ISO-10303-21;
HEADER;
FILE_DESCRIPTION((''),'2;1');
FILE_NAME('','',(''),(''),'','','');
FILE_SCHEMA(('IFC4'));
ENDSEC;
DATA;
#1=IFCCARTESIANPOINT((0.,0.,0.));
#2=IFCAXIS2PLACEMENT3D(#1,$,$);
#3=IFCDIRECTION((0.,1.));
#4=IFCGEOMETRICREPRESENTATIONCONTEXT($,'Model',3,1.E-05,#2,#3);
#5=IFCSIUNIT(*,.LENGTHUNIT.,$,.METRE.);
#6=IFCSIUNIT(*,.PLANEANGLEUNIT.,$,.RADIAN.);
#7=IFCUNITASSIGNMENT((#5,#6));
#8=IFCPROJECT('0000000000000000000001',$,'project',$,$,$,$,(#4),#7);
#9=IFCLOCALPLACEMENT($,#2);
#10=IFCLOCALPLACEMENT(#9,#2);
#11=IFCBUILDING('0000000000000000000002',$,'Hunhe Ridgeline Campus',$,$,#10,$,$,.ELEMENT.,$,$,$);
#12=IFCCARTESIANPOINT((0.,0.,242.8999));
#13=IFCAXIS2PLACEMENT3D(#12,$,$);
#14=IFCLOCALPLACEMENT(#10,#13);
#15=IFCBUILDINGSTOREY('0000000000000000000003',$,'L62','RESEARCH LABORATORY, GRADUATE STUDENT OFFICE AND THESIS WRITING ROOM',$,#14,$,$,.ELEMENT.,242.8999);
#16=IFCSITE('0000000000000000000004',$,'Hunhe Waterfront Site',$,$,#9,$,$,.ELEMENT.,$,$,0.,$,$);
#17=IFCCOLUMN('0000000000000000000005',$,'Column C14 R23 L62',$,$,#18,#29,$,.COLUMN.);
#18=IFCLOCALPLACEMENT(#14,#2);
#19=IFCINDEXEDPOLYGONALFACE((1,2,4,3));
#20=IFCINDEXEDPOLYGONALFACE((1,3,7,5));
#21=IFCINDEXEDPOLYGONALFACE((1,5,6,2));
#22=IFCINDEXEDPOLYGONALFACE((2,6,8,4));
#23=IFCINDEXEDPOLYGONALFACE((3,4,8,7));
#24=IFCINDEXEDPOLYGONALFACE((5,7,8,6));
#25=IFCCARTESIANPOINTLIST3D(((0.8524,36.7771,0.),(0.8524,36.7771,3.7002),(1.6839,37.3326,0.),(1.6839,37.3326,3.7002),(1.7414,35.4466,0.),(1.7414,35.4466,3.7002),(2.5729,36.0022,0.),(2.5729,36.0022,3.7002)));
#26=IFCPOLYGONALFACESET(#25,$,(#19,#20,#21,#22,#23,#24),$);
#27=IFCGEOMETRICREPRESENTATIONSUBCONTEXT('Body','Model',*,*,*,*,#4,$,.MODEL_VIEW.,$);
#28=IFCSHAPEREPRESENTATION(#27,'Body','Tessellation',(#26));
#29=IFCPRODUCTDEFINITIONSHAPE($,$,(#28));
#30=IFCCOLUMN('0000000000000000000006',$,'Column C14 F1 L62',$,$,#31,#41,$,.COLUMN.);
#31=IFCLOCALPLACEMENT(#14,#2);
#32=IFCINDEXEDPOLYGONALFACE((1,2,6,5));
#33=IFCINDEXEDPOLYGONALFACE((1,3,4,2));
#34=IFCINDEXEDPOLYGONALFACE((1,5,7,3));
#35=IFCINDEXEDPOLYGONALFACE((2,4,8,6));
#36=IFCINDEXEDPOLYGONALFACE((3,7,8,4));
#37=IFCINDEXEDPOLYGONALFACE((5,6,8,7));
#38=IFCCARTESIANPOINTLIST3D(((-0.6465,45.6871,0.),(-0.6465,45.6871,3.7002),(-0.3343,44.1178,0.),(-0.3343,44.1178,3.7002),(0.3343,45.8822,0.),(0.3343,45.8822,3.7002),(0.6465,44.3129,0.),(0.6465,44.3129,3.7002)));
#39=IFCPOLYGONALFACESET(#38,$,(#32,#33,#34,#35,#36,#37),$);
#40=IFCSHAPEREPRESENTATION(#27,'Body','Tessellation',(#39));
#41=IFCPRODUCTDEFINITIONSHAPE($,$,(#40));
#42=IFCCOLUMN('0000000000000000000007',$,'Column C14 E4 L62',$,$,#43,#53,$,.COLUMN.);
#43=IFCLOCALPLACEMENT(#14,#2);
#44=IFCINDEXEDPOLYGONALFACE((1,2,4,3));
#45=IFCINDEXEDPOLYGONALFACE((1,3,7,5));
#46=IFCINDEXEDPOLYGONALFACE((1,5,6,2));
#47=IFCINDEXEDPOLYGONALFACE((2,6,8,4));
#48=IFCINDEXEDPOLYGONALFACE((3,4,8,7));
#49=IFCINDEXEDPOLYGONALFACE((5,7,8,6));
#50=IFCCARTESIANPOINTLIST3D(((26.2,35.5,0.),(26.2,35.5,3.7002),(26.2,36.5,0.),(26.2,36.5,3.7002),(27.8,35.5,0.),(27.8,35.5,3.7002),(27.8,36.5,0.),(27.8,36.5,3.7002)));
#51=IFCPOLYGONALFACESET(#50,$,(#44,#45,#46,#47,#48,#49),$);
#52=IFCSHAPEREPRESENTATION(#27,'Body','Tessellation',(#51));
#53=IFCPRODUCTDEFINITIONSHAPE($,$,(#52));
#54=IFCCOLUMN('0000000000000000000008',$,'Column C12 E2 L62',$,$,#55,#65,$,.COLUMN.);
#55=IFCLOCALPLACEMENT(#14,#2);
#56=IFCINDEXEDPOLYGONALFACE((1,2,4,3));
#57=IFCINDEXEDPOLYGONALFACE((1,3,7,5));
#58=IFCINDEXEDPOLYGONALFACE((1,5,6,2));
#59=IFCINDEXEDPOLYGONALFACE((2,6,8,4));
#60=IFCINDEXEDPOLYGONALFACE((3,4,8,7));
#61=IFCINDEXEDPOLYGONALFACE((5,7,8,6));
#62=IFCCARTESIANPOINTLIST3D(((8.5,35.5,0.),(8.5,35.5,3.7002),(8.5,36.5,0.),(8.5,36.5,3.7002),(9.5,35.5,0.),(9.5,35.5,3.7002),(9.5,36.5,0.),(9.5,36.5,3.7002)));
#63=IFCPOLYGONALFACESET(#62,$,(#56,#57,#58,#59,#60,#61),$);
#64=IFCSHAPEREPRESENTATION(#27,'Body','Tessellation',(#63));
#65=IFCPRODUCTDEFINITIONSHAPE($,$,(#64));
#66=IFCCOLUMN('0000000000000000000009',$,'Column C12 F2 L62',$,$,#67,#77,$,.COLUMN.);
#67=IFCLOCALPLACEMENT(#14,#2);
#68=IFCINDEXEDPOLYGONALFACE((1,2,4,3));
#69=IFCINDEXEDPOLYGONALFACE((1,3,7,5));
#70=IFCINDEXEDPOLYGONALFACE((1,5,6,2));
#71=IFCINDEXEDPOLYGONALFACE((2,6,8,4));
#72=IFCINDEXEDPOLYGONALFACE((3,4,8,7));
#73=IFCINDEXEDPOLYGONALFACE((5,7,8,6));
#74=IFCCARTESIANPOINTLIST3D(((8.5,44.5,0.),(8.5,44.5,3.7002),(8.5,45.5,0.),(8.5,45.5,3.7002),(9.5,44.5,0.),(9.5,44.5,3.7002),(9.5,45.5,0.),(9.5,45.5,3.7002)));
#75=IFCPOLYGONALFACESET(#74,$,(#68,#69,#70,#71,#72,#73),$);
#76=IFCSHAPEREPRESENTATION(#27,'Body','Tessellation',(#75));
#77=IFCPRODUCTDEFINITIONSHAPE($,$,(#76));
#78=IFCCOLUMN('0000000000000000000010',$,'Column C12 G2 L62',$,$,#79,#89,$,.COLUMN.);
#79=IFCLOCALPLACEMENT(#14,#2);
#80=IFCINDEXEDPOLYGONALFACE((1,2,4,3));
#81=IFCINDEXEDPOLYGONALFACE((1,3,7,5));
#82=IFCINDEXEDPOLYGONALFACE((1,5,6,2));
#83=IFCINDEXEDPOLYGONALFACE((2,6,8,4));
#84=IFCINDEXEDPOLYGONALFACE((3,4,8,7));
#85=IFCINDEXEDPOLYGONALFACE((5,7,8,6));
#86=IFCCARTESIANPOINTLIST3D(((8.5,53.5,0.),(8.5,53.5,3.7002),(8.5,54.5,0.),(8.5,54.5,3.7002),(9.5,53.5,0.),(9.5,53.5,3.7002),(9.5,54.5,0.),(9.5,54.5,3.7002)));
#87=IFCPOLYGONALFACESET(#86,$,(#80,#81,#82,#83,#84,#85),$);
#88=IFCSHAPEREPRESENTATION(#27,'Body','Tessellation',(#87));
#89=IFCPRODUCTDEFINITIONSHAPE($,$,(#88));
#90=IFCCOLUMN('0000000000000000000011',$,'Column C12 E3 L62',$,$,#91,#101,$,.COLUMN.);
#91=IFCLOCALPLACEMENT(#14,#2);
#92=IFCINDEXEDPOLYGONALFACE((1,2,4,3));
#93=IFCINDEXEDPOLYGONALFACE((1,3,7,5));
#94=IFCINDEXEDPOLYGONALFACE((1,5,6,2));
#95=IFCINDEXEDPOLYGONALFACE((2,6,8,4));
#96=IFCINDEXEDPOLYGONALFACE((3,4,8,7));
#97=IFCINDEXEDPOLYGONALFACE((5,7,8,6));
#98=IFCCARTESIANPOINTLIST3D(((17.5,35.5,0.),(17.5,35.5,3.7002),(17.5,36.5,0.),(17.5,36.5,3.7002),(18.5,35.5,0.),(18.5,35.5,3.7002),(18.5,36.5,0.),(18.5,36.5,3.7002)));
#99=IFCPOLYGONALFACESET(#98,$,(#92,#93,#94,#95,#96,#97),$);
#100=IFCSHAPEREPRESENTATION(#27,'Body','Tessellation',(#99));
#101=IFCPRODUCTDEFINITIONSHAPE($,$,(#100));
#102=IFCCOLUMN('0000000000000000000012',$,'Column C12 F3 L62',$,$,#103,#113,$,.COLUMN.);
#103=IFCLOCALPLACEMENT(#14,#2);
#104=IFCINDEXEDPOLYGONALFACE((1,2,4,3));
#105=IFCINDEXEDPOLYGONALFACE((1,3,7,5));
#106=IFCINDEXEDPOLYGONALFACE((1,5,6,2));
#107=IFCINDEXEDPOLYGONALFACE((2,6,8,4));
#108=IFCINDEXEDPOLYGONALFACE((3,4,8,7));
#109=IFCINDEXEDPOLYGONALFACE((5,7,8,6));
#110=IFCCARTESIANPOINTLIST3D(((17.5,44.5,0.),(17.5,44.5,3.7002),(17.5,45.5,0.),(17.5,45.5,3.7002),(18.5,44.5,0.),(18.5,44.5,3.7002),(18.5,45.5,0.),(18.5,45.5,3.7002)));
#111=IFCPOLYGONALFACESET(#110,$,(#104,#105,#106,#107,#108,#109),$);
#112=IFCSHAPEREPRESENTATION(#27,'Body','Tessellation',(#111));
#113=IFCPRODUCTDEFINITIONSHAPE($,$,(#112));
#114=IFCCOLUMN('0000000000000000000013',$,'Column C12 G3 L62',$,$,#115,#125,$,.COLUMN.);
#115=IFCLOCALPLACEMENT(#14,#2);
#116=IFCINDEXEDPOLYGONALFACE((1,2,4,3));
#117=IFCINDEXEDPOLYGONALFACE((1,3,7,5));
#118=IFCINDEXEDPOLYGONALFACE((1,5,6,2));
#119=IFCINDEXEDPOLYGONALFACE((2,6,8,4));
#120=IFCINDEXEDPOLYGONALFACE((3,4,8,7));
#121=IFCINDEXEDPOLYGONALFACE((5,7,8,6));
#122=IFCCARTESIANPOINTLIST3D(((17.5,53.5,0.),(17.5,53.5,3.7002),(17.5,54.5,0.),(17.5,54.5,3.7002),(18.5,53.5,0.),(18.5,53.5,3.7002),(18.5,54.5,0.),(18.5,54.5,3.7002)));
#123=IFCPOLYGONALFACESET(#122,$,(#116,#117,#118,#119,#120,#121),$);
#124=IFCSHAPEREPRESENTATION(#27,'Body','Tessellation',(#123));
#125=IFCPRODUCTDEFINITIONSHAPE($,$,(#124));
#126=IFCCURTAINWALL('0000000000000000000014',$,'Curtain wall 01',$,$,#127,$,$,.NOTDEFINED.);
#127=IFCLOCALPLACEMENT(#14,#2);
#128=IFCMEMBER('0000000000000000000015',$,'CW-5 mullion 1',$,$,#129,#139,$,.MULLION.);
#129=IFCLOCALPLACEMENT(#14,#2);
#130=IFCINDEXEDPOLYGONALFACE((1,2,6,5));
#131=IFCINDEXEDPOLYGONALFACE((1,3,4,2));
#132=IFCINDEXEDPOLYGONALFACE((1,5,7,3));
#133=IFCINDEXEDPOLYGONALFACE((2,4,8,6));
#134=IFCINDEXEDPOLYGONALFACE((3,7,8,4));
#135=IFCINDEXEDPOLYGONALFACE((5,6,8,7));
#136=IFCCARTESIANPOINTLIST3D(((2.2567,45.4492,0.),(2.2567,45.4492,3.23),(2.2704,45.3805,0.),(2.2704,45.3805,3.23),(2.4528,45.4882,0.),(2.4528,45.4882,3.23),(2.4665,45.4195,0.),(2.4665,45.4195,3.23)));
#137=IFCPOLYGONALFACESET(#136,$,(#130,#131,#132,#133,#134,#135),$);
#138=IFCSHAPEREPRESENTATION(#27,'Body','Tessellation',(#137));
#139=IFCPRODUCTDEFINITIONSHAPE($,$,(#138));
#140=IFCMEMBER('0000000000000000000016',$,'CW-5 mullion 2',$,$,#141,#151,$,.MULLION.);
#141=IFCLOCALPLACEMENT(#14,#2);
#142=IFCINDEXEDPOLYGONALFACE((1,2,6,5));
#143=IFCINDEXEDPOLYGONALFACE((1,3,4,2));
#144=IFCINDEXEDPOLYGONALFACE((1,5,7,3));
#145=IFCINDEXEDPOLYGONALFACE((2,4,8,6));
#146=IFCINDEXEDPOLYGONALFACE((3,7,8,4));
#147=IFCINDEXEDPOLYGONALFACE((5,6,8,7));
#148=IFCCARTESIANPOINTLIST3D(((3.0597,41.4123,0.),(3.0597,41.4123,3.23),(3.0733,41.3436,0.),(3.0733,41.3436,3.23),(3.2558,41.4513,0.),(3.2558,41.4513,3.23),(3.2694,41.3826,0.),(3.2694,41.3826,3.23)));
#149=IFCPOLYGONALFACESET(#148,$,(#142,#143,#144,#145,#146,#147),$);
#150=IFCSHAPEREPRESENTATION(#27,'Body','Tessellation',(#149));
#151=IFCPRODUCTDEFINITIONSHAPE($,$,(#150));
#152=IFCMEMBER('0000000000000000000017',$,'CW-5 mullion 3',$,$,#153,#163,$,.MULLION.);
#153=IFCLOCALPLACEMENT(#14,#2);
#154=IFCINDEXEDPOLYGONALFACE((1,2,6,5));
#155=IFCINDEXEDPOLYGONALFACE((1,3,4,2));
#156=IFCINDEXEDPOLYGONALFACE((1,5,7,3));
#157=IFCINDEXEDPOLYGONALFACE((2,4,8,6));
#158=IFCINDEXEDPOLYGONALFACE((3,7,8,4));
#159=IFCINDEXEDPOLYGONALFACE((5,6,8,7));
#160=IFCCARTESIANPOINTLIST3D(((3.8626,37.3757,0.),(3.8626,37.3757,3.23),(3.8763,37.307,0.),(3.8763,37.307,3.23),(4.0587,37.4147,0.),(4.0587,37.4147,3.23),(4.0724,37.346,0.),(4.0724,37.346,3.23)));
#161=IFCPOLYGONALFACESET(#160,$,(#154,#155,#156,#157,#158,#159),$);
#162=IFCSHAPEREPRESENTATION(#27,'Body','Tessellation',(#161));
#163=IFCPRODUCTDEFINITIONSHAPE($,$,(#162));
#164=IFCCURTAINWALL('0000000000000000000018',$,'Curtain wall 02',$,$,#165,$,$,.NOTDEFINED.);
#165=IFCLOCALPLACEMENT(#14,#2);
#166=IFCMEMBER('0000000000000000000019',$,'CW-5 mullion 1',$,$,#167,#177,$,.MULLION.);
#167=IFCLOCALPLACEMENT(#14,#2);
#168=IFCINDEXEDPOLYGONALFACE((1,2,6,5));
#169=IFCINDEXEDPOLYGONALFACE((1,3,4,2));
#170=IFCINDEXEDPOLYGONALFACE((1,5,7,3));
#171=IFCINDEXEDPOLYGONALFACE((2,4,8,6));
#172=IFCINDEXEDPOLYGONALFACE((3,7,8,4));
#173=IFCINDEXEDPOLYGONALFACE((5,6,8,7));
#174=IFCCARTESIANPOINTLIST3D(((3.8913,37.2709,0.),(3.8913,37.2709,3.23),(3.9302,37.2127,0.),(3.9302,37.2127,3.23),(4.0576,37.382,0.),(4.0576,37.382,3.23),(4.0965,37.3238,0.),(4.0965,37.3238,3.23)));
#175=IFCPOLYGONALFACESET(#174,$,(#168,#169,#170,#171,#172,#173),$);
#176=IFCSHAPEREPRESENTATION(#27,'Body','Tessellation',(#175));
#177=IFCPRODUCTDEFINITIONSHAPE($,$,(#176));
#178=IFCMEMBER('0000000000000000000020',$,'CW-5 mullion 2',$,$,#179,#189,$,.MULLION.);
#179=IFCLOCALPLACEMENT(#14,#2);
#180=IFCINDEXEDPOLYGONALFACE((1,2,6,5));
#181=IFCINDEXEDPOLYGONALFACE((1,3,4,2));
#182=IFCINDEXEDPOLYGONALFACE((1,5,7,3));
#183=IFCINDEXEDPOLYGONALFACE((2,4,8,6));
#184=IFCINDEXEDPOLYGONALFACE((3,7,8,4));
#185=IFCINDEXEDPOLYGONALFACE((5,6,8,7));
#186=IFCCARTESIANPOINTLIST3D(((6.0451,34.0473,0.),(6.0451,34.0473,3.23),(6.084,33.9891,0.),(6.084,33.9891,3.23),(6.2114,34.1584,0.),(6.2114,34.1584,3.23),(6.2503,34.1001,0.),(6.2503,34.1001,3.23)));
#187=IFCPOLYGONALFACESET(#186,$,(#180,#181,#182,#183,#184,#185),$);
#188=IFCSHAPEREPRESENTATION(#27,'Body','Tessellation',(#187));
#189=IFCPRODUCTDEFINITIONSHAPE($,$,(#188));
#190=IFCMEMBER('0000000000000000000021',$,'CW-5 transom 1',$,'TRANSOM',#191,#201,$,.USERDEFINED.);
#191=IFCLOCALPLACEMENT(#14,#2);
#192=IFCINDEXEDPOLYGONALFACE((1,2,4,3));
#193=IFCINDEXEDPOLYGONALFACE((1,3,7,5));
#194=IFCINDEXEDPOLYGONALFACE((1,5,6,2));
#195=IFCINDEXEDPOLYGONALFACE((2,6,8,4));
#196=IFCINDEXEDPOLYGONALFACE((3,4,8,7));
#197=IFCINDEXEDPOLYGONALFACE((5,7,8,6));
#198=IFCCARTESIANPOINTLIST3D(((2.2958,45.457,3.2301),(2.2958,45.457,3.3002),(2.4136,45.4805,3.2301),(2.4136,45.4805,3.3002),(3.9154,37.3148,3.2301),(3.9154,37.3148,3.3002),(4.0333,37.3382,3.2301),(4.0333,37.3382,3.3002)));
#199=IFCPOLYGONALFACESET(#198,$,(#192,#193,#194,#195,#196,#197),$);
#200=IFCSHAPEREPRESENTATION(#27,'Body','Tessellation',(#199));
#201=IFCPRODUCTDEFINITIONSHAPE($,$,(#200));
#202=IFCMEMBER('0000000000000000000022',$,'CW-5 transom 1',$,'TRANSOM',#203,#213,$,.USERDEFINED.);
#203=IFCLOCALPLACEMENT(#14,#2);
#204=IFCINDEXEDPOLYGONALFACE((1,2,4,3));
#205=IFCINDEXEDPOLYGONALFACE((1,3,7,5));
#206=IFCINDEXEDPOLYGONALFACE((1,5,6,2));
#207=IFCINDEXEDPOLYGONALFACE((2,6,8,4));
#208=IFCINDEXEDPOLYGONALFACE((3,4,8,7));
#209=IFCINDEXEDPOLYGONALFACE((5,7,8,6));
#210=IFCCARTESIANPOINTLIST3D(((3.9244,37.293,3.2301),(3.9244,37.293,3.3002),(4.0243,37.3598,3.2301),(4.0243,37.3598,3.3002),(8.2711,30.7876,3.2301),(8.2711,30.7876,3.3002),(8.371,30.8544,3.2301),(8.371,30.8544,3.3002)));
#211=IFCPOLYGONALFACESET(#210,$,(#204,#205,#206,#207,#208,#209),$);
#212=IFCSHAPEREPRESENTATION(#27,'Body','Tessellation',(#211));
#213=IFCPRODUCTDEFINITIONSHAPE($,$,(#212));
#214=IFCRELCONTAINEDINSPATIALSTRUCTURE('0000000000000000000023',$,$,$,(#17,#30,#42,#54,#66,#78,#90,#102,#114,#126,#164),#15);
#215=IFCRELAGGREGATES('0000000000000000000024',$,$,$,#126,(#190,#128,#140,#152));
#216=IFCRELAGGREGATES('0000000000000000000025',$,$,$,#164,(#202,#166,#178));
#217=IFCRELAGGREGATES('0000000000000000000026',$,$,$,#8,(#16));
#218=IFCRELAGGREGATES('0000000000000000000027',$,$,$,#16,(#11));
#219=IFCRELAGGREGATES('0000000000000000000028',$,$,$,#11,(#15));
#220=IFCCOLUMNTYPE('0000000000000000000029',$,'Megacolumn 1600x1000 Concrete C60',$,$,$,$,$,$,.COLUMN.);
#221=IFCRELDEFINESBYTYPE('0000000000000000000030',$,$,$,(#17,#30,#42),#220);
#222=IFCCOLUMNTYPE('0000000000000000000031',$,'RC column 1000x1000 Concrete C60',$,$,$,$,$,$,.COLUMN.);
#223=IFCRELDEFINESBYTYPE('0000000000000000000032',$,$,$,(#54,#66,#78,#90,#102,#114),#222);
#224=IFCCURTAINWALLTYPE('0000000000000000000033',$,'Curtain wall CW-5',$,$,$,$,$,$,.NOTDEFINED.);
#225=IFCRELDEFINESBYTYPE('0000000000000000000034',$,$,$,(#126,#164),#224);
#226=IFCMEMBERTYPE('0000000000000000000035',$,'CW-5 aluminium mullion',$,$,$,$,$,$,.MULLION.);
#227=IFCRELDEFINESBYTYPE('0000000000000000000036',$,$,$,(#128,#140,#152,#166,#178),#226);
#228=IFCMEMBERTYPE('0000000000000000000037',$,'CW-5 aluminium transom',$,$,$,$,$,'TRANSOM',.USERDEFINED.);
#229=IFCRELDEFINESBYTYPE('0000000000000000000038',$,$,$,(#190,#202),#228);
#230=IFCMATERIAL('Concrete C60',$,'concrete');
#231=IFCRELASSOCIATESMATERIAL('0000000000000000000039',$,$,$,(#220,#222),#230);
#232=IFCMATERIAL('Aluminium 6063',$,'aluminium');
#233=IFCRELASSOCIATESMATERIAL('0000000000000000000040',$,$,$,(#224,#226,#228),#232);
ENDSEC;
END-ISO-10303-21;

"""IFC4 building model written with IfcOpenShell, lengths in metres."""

from ifc_helpers import new_model, si_unit, direction, frame, origin, origin_2d, place, context, subcontext, project, spatial, rectangle, extrude, material, material_profile, profile_set, type_object, element, aggregate, save


model = new_model("IFC4")

# Units and contexts
model_context = context("Model", 3, precision=1e-05, world=origin(), true_north=direction((0.0, 1.0)))
body_context = subcontext(model_context, "Body", "Model", "MODEL_VIEW")
ifc_project = project(units=[si_unit("LENGTHUNIT", "METRE"), si_unit("PLANEANGLEUNIT", "RADIAN")], contexts=[model_context])

# Site, building, storey
site_placement = place(None, origin())
site = spatial("IfcSite", under=ifc_project, at=site_placement, Name="Hunhe Waterfront Site", CompositionType="ELEMENT", RefElevation=0.0)
building_placement = place(site_placement, origin())
building = spatial("IfcBuilding", under=site, at=building_placement, Name="Hunhe Ridgeline Campus", CompositionType="ELEMENT")
storey_placement = place(building_placement, frame((0.0, 0.0, 242.8999)))
storey = spatial("IfcBuildingStorey", under=building, at=storey_placement, Name="L62", Description="RESEARCH LABORATORY, GRADUATE STUDENT OFFICE AND THESIS WRITING ROOM", CompositionType="ELEMENT", Elevation=242.8999)

# Columns
ifc_material_1 = material(Name="Concrete C60", Category="concrete")
ifc_material_profile_1 = material_profile(ifc_material_1, rectangle(XDim=1.6001, YDim=1.0, at=origin_2d()))
ifc_profile_set_1 = profile_set([ifc_material_profile_1], Name="Concrete C60")
column_type_1 = type_object("IfcColumnType", Name="Megacolumn 1600x1000 Concrete C60", PredefinedType="COLUMN", material=ifc_profile_set_1)
for number, where, z_axis, x_axis, name in (
    (1, (1.7126, 36.3896, 0.0), (0.0, 0.0, 1.0), (-0.55557, 0.83147, 0.0), "Column C14 R23 L62"),
    (2, (0.0, 45.0, 0.0), (0.0, 0.0, 1.0), (-0.19509, 0.980785, 0.0), "Column C14 F1 L62"),
    (3, (27.0, 36.0, 0.0), (0.0, 0.0, 1.0), (1.0, 0.0, 0.0), "Column C14 E4 L62"),
):
    element("IfcColumn", number, at=place(storey_placement, frame(where, z_axis=z_axis, x_axis=x_axis)), inside=storey, type_object=column_type_1, Name=name, PredefinedType="COLUMN", context=body_context, shape_type="SweptSolid", body=[
        extrude(rectangle(XDim=1.6001, YDim=1.0, at=origin_2d()), origin(), (0.0, 0.0, 1.0), 3.7002),
    ])
ifc_material_profile_2 = material_profile(ifc_material_1, rectangle(XDim=1.0, YDim=1.0, at=origin_2d()))
ifc_profile_set_2 = profile_set([ifc_material_profile_2], Name="Concrete C60")
column_type_2 = type_object("IfcColumnType", Name="RC column 1000x1000 Concrete C60", PredefinedType="COLUMN", material=ifc_profile_set_2)
for number, where, z_axis, x_axis, name in (
    (4, (9.0, 36.0, 0.0), (0.0, 0.0, 1.0), (1.0, 0.0, 0.0), "Column C12 E2 L62"),
    (5, (9.0, 45.0, 0.0), (0.0, 0.0, 1.0), (1.0, 0.0, 0.0), "Column C12 F2 L62"),
    (6, (9.0, 54.0, 0.0), (0.0, 0.0, 1.0), (1.0, 0.0, 0.0), "Column C12 G2 L62"),
    (7, (18.0, 36.0, 0.0), (0.0, 0.0, 1.0), (1.0, 0.0, 0.0), "Column C12 E3 L62"),
    (8, (18.0, 45.0, 0.0), (0.0, 0.0, 1.0), (1.0, 0.0, 0.0), "Column C12 F3 L62"),
    (9, (18.0, 54.0, 0.0), (0.0, 0.0, 1.0), (1.0, 0.0, 0.0), "Column C12 G3 L62"),
):
    element("IfcColumn", number, at=place(storey_placement, frame(where, z_axis=z_axis, x_axis=x_axis)), inside=storey, type_object=column_type_2, Name=name, PredefinedType="COLUMN", context=body_context, shape_type="SweptSolid", body=[
        extrude(rectangle(XDim=1.0, YDim=1.0, at=origin_2d()), origin(), (0.0, 0.0, 1.0), 3.7002),
    ])

# Curtain walls, members
ifc_material_2 = material(Name="Aluminium 6063", Category="aluminium")
curtain_wall_type = type_object("IfcCurtainWallType", Name="Curtain wall CW-5", PredefinedType="NOTDEFINED", material=ifc_material_2)
curtain_wall_1_placement = place(storey_placement, origin())
curtain_wall_1 = element("IfcCurtainWall", 10, at=curtain_wall_1_placement, inside=storey, type_object=curtain_wall_type, Name="Curtain wall 01", PredefinedType="NOTDEFINED")
ifc_material_profile_3 = material_profile(ifc_material_2, rectangle(XDim=0.2, YDim=0.0701, at=origin_2d()))
ifc_profile_set_3 = profile_set([ifc_material_profile_3], Name="Aluminium 6063")
member_type_1 = type_object("IfcMemberType", Name="CW-5 aluminium mullion", PredefinedType="MULLION", material=ifc_profile_set_3)
member_1_placement = place(storey_placement, frame((2.3616, 45.4343, 0.0), z_axis=(0.0, 0.0, 1.0), x_axis=(0.980784, 0.195095, 0.0)))
member_1 = element("IfcMember", 11, at=member_1_placement, type_object=member_type_1, Name="CW-5 mullion 1", PredefinedType="MULLION", context=body_context, shape_type="SweptSolid", body=[
    extrude(rectangle(XDim=0.2, YDim=0.0701, at=origin_2d()), origin(), (0.0, 0.0, 1.0), 3.23),
])
member_2_placement = place(storey_placement, frame((3.1646, 41.3975, 0.0), z_axis=(0.0, 0.0, 1.0), x_axis=(0.980784, 0.195095, 0.0)))
member_2 = element("IfcMember", 12, at=member_2_placement, type_object=member_type_1, Name="CW-5 mullion 2", PredefinedType="MULLION", context=body_context, shape_type="SweptSolid", body=[
    extrude(rectangle(XDim=0.2, YDim=0.0701, at=origin_2d()), origin(), (0.0, 0.0, 1.0), 3.23),
])
member_3_placement = place(storey_placement, frame((3.9675, 37.3608, 0.0), z_axis=(0.0, 0.0, 1.0), x_axis=(0.980784, 0.195095, 0.0)))
member_3 = element("IfcMember", 13, at=member_3_placement, type_object=member_type_1, Name="CW-5 mullion 3", PredefinedType="MULLION", context=body_context, shape_type="SweptSolid", body=[
    extrude(rectangle(XDim=0.2, YDim=0.0701, at=origin_2d()), origin(), (0.0, 0.0, 1.0), 3.23),
])
curtain_wall_2_placement = place(storey_placement, origin())
curtain_wall_2 = element("IfcCurtainWall", 14, at=curtain_wall_2_placement, inside=storey, type_object=curtain_wall_type, Name="Curtain wall 02", PredefinedType="NOTDEFINED")
member_4_placement = place(storey_placement, frame((3.9939, 37.2974, 0.0), z_axis=(0.0, 0.0, 1.0), x_axis=(0.83147, 0.55557, 0.0)))
member_4 = element("IfcMember", 15, at=member_4_placement, type_object=member_type_1, Name="CW-5 mullion 1", PredefinedType="MULLION", context=body_context, shape_type="SweptSolid", body=[
    extrude(rectangle(XDim=0.2, YDim=0.0701, at=origin_2d()), origin(), (0.0, 0.0, 1.0), 3.23),
])
member_5_placement = place(storey_placement, frame((6.1477, 34.0737, 0.0), z_axis=(0.0, 0.0, 1.0), x_axis=(0.83147, 0.55557, 0.0)))
member_5 = element("IfcMember", 16, at=member_5_placement, type_object=member_type_1, Name="CW-5 mullion 2", PredefinedType="MULLION", context=body_context, shape_type="SweptSolid", body=[
    extrude(rectangle(XDim=0.2, YDim=0.0701, at=origin_2d()), origin(), (0.0, 0.0, 1.0), 3.23),
])

# Members
ifc_material_profile_4 = material_profile(ifc_material_2, rectangle(XDim=0.1201, YDim=0.0701, at=origin_2d()))
ifc_profile_set_4 = profile_set([ifc_material_profile_4], Name="Aluminium 6063")
member_type_2 = type_object("IfcMemberType", Name="CW-5 aluminium transom", ElementType="TRANSOM", PredefinedType="USERDEFINED", material=ifc_profile_set_4)
member_6_placement = place(storey_placement, frame((2.3547, 45.4688, 3.2651), z_axis=(0.195092, -0.980785, 0.0), x_axis=(0.980785, 0.195092, 0.0)))
member_6 = element("IfcMember", 17, at=member_6_placement, type_object=member_type_2, Name="CW-5 transom 1", ObjectType="TRANSOM", PredefinedType="USERDEFINED", context=body_context, shape_type="SweptSolid", body=[
    extrude(rectangle(XDim=0.1201, YDim=0.0701, at=origin_2d()), origin(), (0.0, 0.0, 1.0), 8.3018),
])
member_7_placement = place(storey_placement, frame((3.9744, 37.3264, 3.2651), z_axis=(0.555564, -0.831474, 0.0), x_axis=(0.831474, 0.555564, 0.0)))
member_7 = element("IfcMember", 18, at=member_7_placement, type_object=member_type_2, Name="CW-5 transom 1", ObjectType="TRANSOM", PredefinedType="USERDEFINED", context=body_context, shape_type="SweptSolid", body=[
    extrude(rectangle(XDim=0.1201, YDim=0.0701, at=origin_2d()), origin(), (0.0, 0.0, 1.0), 7.824),
])

aggregate(curtain_wall_1, [member_6, member_1, member_2, member_3])
aggregate(curtain_wall_2, [member_7, member_4, member_5])

save(model, "model.ifc")
